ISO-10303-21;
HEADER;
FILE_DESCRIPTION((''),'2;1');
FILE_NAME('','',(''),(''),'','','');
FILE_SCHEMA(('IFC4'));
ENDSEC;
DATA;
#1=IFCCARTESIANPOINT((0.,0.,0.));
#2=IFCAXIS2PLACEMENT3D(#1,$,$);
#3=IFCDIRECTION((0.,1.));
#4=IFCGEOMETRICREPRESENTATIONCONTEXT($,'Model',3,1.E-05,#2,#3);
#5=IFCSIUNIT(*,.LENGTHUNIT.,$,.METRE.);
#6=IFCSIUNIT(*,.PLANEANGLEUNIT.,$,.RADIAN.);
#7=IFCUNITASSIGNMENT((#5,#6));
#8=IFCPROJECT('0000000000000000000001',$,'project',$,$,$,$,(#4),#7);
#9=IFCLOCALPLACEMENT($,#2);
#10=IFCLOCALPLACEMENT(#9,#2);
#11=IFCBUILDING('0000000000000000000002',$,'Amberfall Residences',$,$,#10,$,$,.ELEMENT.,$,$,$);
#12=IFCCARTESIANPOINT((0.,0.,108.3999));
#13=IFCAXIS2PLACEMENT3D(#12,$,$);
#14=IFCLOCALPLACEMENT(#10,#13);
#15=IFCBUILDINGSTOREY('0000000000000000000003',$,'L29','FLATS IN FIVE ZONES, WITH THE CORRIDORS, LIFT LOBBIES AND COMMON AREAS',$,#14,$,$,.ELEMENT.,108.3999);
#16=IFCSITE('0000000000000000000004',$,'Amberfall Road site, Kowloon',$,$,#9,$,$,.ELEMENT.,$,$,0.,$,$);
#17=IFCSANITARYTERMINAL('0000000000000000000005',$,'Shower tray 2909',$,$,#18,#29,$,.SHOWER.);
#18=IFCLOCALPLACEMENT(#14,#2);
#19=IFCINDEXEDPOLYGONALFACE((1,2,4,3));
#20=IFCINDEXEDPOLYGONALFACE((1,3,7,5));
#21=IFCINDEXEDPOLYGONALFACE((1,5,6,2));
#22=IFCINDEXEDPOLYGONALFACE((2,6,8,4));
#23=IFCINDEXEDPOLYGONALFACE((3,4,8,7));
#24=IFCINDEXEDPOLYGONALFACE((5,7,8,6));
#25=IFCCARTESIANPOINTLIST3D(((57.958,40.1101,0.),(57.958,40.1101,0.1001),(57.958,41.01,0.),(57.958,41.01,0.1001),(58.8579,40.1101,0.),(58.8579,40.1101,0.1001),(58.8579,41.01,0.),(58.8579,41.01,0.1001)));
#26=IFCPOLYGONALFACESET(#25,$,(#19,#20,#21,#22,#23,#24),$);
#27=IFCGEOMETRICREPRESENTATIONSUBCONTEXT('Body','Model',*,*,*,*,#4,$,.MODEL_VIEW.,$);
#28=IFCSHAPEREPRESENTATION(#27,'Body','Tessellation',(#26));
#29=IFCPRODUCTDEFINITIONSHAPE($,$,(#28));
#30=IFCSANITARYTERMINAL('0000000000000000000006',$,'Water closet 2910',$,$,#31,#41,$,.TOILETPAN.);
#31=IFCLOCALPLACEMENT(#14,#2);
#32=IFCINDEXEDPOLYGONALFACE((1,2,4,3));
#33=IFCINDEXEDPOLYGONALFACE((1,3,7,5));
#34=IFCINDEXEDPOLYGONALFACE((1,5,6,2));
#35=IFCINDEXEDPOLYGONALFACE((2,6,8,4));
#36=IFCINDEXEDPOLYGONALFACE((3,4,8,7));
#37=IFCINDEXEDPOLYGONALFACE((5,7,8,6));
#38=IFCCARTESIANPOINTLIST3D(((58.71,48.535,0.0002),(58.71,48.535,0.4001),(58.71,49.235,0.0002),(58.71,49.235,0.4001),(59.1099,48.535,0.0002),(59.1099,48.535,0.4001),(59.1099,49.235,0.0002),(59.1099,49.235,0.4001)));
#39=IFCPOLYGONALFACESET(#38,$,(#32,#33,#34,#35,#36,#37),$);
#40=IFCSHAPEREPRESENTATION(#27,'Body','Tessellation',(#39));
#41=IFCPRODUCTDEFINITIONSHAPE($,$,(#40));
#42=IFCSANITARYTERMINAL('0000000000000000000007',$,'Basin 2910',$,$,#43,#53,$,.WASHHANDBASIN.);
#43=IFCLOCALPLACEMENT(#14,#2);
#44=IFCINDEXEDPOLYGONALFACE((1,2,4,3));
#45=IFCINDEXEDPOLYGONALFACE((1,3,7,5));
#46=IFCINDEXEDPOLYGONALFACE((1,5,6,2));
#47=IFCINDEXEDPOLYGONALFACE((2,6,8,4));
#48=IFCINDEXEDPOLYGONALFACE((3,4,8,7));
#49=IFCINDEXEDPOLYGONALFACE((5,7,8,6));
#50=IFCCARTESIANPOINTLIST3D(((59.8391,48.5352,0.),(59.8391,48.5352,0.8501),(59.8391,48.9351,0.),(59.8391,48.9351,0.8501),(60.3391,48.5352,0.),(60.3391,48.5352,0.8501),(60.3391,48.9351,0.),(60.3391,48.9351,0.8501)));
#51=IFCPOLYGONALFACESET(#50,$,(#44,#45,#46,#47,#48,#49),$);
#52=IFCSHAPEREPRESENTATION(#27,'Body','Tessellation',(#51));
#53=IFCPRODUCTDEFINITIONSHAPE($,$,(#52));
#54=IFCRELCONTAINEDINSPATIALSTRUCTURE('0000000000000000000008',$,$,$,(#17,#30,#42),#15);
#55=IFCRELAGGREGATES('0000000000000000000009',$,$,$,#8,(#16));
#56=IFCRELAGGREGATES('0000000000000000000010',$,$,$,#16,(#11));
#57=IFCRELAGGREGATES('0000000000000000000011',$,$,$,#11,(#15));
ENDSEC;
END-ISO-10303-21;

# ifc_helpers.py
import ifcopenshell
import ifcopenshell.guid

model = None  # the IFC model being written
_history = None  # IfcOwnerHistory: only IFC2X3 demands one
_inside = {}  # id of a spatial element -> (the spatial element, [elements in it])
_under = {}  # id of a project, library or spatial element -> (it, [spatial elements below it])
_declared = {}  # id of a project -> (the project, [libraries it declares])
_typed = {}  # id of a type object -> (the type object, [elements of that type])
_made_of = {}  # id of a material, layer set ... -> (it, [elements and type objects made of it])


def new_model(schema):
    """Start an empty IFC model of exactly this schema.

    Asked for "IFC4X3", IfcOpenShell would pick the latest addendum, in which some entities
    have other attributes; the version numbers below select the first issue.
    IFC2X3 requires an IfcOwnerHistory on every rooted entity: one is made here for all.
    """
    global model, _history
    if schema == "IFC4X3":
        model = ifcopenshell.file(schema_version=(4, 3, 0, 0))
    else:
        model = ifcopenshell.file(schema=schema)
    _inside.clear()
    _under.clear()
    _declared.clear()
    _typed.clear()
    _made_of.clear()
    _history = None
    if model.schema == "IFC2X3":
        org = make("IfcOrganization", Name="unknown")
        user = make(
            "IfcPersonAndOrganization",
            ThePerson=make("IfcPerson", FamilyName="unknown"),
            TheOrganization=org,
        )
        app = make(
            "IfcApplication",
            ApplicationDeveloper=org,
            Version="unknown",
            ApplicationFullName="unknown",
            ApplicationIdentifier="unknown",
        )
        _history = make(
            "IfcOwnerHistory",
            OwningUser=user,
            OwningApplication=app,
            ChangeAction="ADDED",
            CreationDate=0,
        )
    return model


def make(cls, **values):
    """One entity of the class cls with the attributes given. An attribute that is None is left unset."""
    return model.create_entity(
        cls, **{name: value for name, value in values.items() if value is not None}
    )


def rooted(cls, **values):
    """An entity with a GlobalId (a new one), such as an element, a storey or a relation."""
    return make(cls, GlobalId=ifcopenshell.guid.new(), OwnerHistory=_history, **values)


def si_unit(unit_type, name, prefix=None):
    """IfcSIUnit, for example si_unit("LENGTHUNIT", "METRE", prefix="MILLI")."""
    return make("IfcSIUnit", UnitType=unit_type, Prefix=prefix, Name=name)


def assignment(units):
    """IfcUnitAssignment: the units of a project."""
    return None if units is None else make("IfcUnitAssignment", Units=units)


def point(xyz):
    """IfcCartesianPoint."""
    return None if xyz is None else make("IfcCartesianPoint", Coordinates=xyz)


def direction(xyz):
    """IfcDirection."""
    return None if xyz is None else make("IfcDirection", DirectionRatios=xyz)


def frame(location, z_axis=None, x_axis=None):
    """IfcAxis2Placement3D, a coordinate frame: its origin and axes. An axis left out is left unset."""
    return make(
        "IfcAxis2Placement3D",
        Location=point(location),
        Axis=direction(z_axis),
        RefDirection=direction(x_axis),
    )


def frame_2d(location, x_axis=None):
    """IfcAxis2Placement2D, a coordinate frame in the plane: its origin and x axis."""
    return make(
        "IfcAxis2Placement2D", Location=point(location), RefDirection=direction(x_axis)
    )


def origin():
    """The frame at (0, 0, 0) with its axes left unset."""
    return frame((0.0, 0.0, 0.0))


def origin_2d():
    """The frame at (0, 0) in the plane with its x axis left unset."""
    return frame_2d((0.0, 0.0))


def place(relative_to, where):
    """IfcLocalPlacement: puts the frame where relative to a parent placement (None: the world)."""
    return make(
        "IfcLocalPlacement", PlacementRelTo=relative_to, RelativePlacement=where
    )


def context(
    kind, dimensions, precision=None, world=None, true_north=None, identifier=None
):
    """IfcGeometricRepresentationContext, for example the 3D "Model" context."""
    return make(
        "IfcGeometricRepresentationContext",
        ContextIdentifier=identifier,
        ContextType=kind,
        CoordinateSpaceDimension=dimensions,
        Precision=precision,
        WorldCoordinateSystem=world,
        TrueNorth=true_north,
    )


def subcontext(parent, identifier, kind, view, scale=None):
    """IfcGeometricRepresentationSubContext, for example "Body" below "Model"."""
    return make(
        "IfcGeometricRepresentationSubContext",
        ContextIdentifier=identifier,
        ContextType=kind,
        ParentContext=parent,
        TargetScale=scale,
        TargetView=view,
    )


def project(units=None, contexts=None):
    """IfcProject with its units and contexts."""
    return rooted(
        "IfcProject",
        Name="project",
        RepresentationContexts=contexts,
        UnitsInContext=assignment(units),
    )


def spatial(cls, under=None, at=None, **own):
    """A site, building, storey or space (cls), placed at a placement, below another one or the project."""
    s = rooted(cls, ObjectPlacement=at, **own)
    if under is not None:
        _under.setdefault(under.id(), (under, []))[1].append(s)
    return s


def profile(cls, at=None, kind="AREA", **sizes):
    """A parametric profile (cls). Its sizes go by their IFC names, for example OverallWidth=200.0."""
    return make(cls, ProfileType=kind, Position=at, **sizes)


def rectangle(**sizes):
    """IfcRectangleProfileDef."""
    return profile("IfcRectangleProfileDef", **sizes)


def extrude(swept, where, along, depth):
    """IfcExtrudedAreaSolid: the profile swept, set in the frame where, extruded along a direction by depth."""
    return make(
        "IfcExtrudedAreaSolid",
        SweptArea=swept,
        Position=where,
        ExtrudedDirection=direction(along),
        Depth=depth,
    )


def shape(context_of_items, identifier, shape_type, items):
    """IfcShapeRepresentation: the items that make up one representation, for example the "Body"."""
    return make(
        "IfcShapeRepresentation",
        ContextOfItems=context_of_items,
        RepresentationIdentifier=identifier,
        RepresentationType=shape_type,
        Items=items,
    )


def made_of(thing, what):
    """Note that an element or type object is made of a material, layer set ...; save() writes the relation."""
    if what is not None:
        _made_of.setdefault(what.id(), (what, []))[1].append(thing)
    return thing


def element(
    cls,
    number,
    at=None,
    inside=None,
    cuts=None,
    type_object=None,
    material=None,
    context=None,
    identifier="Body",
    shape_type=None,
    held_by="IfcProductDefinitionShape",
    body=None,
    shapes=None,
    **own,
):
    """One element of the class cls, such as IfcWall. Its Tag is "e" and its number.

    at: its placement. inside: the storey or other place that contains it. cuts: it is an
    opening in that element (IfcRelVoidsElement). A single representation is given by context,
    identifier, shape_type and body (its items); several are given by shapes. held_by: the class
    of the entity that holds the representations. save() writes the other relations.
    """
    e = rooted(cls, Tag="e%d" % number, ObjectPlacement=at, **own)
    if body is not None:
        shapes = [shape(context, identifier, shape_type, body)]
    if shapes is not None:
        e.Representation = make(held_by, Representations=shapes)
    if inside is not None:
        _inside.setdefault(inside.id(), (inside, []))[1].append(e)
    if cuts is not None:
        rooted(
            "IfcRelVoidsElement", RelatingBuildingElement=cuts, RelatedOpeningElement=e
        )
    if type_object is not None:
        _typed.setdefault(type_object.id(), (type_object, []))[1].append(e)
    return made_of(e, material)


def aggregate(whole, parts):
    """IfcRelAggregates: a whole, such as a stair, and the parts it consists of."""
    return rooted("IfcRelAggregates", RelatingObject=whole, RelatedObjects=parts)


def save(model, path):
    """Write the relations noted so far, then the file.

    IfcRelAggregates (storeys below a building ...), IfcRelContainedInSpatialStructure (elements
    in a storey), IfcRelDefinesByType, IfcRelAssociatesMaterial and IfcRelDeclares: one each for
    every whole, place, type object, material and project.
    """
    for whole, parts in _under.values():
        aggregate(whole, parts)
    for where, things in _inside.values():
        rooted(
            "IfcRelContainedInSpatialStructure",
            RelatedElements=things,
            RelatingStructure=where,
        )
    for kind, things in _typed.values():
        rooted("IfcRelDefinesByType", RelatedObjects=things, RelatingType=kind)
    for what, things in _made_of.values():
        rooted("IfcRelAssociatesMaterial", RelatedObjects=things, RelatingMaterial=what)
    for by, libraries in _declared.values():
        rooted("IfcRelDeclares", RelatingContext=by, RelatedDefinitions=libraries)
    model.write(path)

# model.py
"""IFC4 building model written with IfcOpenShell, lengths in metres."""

from ifc_helpers import new_model, si_unit, direction, frame, origin, origin_2d, place, context, subcontext, project, spatial, rectangle, extrude, element, save


model = new_model("IFC4")

# Units and contexts
model_context = context("Model", 3, precision=1e-05, world=origin(), true_north=direction((0.0, 1.0)))
body_context = subcontext(model_context, "Body", "Model", "MODEL_VIEW")
ifc_project = project(units=[si_unit("LENGTHUNIT", "METRE"), si_unit("PLANEANGLEUNIT", "RADIAN")], contexts=[model_context])

# Site, building, storey
site_placement = place(None, origin())
site = spatial("IfcSite", under=ifc_project, at=site_placement, Name="Amberfall Road site, Kowloon", CompositionType="ELEMENT", RefElevation=0.0)
building_placement = place(site_placement, origin())
building = spatial("IfcBuilding", under=site, at=building_placement, Name="Amberfall Residences", CompositionType="ELEMENT")
storey_placement = place(building_placement, frame((0.0, 0.0, 108.3999)))
storey = spatial("IfcBuildingStorey", under=building, at=storey_placement, Name="L29", Description="FLATS IN FIVE ZONES, WITH THE CORRIDORS, LIFT LOBBIES AND COMMON AREAS", CompositionType="ELEMENT", Elevation=108.3999)

# Sanitary terminals
sanitary_terminal_1_placement = place(storey_placement, frame((58.408, 40.5601, 0.0), z_axis=(0.0, 0.0, 1.0), x_axis=(1.0, 0.0, 0.0)))
element("IfcSanitaryTerminal", 1, at=sanitary_terminal_1_placement, inside=storey, Name="Shower tray 2909", PredefinedType="SHOWER", context=body_context, shape_type="SweptSolid", body=[
    extrude(rectangle(XDim=0.8999, YDim=0.8999, at=origin_2d()), origin(), (0.0, 0.0, 1.0), 0.1001),
])
sanitary_terminal_2_placement = place(storey_placement, frame((58.9099, 48.885, 0.0002), z_axis=(0.0, 0.0, 1.0), x_axis=(1.0, 0.0, 0.0)))
element("IfcSanitaryTerminal", 2, at=sanitary_terminal_2_placement, inside=storey, Name="Water closet 2910", PredefinedType="TOILETPAN", context=body_context, shape_type="SweptSolid", body=[
    extrude(rectangle(XDim=0.3999, YDim=0.7, at=origin_2d()), origin(), (0.0, 0.0, 1.0), 0.3999),
])
sanitary_terminal_3_placement = place(storey_placement, frame((60.0891, 48.7351, 0.0), z_axis=(0.0, 0.0, 1.0), x_axis=(1.0, 0.0, 0.0)))
element("IfcSanitaryTerminal", 3, at=sanitary_terminal_3_placement, inside=storey, Name="Basin 2910", PredefinedType="WASHHANDBASIN", context=body_context, shape_type="SweptSolid", body=[
    extrude(rectangle(XDim=0.5, YDim=0.3999, at=origin_2d()), origin(), (0.0, 0.0, 1.0), 0.8501),
])

save(model, "model.ifc")
